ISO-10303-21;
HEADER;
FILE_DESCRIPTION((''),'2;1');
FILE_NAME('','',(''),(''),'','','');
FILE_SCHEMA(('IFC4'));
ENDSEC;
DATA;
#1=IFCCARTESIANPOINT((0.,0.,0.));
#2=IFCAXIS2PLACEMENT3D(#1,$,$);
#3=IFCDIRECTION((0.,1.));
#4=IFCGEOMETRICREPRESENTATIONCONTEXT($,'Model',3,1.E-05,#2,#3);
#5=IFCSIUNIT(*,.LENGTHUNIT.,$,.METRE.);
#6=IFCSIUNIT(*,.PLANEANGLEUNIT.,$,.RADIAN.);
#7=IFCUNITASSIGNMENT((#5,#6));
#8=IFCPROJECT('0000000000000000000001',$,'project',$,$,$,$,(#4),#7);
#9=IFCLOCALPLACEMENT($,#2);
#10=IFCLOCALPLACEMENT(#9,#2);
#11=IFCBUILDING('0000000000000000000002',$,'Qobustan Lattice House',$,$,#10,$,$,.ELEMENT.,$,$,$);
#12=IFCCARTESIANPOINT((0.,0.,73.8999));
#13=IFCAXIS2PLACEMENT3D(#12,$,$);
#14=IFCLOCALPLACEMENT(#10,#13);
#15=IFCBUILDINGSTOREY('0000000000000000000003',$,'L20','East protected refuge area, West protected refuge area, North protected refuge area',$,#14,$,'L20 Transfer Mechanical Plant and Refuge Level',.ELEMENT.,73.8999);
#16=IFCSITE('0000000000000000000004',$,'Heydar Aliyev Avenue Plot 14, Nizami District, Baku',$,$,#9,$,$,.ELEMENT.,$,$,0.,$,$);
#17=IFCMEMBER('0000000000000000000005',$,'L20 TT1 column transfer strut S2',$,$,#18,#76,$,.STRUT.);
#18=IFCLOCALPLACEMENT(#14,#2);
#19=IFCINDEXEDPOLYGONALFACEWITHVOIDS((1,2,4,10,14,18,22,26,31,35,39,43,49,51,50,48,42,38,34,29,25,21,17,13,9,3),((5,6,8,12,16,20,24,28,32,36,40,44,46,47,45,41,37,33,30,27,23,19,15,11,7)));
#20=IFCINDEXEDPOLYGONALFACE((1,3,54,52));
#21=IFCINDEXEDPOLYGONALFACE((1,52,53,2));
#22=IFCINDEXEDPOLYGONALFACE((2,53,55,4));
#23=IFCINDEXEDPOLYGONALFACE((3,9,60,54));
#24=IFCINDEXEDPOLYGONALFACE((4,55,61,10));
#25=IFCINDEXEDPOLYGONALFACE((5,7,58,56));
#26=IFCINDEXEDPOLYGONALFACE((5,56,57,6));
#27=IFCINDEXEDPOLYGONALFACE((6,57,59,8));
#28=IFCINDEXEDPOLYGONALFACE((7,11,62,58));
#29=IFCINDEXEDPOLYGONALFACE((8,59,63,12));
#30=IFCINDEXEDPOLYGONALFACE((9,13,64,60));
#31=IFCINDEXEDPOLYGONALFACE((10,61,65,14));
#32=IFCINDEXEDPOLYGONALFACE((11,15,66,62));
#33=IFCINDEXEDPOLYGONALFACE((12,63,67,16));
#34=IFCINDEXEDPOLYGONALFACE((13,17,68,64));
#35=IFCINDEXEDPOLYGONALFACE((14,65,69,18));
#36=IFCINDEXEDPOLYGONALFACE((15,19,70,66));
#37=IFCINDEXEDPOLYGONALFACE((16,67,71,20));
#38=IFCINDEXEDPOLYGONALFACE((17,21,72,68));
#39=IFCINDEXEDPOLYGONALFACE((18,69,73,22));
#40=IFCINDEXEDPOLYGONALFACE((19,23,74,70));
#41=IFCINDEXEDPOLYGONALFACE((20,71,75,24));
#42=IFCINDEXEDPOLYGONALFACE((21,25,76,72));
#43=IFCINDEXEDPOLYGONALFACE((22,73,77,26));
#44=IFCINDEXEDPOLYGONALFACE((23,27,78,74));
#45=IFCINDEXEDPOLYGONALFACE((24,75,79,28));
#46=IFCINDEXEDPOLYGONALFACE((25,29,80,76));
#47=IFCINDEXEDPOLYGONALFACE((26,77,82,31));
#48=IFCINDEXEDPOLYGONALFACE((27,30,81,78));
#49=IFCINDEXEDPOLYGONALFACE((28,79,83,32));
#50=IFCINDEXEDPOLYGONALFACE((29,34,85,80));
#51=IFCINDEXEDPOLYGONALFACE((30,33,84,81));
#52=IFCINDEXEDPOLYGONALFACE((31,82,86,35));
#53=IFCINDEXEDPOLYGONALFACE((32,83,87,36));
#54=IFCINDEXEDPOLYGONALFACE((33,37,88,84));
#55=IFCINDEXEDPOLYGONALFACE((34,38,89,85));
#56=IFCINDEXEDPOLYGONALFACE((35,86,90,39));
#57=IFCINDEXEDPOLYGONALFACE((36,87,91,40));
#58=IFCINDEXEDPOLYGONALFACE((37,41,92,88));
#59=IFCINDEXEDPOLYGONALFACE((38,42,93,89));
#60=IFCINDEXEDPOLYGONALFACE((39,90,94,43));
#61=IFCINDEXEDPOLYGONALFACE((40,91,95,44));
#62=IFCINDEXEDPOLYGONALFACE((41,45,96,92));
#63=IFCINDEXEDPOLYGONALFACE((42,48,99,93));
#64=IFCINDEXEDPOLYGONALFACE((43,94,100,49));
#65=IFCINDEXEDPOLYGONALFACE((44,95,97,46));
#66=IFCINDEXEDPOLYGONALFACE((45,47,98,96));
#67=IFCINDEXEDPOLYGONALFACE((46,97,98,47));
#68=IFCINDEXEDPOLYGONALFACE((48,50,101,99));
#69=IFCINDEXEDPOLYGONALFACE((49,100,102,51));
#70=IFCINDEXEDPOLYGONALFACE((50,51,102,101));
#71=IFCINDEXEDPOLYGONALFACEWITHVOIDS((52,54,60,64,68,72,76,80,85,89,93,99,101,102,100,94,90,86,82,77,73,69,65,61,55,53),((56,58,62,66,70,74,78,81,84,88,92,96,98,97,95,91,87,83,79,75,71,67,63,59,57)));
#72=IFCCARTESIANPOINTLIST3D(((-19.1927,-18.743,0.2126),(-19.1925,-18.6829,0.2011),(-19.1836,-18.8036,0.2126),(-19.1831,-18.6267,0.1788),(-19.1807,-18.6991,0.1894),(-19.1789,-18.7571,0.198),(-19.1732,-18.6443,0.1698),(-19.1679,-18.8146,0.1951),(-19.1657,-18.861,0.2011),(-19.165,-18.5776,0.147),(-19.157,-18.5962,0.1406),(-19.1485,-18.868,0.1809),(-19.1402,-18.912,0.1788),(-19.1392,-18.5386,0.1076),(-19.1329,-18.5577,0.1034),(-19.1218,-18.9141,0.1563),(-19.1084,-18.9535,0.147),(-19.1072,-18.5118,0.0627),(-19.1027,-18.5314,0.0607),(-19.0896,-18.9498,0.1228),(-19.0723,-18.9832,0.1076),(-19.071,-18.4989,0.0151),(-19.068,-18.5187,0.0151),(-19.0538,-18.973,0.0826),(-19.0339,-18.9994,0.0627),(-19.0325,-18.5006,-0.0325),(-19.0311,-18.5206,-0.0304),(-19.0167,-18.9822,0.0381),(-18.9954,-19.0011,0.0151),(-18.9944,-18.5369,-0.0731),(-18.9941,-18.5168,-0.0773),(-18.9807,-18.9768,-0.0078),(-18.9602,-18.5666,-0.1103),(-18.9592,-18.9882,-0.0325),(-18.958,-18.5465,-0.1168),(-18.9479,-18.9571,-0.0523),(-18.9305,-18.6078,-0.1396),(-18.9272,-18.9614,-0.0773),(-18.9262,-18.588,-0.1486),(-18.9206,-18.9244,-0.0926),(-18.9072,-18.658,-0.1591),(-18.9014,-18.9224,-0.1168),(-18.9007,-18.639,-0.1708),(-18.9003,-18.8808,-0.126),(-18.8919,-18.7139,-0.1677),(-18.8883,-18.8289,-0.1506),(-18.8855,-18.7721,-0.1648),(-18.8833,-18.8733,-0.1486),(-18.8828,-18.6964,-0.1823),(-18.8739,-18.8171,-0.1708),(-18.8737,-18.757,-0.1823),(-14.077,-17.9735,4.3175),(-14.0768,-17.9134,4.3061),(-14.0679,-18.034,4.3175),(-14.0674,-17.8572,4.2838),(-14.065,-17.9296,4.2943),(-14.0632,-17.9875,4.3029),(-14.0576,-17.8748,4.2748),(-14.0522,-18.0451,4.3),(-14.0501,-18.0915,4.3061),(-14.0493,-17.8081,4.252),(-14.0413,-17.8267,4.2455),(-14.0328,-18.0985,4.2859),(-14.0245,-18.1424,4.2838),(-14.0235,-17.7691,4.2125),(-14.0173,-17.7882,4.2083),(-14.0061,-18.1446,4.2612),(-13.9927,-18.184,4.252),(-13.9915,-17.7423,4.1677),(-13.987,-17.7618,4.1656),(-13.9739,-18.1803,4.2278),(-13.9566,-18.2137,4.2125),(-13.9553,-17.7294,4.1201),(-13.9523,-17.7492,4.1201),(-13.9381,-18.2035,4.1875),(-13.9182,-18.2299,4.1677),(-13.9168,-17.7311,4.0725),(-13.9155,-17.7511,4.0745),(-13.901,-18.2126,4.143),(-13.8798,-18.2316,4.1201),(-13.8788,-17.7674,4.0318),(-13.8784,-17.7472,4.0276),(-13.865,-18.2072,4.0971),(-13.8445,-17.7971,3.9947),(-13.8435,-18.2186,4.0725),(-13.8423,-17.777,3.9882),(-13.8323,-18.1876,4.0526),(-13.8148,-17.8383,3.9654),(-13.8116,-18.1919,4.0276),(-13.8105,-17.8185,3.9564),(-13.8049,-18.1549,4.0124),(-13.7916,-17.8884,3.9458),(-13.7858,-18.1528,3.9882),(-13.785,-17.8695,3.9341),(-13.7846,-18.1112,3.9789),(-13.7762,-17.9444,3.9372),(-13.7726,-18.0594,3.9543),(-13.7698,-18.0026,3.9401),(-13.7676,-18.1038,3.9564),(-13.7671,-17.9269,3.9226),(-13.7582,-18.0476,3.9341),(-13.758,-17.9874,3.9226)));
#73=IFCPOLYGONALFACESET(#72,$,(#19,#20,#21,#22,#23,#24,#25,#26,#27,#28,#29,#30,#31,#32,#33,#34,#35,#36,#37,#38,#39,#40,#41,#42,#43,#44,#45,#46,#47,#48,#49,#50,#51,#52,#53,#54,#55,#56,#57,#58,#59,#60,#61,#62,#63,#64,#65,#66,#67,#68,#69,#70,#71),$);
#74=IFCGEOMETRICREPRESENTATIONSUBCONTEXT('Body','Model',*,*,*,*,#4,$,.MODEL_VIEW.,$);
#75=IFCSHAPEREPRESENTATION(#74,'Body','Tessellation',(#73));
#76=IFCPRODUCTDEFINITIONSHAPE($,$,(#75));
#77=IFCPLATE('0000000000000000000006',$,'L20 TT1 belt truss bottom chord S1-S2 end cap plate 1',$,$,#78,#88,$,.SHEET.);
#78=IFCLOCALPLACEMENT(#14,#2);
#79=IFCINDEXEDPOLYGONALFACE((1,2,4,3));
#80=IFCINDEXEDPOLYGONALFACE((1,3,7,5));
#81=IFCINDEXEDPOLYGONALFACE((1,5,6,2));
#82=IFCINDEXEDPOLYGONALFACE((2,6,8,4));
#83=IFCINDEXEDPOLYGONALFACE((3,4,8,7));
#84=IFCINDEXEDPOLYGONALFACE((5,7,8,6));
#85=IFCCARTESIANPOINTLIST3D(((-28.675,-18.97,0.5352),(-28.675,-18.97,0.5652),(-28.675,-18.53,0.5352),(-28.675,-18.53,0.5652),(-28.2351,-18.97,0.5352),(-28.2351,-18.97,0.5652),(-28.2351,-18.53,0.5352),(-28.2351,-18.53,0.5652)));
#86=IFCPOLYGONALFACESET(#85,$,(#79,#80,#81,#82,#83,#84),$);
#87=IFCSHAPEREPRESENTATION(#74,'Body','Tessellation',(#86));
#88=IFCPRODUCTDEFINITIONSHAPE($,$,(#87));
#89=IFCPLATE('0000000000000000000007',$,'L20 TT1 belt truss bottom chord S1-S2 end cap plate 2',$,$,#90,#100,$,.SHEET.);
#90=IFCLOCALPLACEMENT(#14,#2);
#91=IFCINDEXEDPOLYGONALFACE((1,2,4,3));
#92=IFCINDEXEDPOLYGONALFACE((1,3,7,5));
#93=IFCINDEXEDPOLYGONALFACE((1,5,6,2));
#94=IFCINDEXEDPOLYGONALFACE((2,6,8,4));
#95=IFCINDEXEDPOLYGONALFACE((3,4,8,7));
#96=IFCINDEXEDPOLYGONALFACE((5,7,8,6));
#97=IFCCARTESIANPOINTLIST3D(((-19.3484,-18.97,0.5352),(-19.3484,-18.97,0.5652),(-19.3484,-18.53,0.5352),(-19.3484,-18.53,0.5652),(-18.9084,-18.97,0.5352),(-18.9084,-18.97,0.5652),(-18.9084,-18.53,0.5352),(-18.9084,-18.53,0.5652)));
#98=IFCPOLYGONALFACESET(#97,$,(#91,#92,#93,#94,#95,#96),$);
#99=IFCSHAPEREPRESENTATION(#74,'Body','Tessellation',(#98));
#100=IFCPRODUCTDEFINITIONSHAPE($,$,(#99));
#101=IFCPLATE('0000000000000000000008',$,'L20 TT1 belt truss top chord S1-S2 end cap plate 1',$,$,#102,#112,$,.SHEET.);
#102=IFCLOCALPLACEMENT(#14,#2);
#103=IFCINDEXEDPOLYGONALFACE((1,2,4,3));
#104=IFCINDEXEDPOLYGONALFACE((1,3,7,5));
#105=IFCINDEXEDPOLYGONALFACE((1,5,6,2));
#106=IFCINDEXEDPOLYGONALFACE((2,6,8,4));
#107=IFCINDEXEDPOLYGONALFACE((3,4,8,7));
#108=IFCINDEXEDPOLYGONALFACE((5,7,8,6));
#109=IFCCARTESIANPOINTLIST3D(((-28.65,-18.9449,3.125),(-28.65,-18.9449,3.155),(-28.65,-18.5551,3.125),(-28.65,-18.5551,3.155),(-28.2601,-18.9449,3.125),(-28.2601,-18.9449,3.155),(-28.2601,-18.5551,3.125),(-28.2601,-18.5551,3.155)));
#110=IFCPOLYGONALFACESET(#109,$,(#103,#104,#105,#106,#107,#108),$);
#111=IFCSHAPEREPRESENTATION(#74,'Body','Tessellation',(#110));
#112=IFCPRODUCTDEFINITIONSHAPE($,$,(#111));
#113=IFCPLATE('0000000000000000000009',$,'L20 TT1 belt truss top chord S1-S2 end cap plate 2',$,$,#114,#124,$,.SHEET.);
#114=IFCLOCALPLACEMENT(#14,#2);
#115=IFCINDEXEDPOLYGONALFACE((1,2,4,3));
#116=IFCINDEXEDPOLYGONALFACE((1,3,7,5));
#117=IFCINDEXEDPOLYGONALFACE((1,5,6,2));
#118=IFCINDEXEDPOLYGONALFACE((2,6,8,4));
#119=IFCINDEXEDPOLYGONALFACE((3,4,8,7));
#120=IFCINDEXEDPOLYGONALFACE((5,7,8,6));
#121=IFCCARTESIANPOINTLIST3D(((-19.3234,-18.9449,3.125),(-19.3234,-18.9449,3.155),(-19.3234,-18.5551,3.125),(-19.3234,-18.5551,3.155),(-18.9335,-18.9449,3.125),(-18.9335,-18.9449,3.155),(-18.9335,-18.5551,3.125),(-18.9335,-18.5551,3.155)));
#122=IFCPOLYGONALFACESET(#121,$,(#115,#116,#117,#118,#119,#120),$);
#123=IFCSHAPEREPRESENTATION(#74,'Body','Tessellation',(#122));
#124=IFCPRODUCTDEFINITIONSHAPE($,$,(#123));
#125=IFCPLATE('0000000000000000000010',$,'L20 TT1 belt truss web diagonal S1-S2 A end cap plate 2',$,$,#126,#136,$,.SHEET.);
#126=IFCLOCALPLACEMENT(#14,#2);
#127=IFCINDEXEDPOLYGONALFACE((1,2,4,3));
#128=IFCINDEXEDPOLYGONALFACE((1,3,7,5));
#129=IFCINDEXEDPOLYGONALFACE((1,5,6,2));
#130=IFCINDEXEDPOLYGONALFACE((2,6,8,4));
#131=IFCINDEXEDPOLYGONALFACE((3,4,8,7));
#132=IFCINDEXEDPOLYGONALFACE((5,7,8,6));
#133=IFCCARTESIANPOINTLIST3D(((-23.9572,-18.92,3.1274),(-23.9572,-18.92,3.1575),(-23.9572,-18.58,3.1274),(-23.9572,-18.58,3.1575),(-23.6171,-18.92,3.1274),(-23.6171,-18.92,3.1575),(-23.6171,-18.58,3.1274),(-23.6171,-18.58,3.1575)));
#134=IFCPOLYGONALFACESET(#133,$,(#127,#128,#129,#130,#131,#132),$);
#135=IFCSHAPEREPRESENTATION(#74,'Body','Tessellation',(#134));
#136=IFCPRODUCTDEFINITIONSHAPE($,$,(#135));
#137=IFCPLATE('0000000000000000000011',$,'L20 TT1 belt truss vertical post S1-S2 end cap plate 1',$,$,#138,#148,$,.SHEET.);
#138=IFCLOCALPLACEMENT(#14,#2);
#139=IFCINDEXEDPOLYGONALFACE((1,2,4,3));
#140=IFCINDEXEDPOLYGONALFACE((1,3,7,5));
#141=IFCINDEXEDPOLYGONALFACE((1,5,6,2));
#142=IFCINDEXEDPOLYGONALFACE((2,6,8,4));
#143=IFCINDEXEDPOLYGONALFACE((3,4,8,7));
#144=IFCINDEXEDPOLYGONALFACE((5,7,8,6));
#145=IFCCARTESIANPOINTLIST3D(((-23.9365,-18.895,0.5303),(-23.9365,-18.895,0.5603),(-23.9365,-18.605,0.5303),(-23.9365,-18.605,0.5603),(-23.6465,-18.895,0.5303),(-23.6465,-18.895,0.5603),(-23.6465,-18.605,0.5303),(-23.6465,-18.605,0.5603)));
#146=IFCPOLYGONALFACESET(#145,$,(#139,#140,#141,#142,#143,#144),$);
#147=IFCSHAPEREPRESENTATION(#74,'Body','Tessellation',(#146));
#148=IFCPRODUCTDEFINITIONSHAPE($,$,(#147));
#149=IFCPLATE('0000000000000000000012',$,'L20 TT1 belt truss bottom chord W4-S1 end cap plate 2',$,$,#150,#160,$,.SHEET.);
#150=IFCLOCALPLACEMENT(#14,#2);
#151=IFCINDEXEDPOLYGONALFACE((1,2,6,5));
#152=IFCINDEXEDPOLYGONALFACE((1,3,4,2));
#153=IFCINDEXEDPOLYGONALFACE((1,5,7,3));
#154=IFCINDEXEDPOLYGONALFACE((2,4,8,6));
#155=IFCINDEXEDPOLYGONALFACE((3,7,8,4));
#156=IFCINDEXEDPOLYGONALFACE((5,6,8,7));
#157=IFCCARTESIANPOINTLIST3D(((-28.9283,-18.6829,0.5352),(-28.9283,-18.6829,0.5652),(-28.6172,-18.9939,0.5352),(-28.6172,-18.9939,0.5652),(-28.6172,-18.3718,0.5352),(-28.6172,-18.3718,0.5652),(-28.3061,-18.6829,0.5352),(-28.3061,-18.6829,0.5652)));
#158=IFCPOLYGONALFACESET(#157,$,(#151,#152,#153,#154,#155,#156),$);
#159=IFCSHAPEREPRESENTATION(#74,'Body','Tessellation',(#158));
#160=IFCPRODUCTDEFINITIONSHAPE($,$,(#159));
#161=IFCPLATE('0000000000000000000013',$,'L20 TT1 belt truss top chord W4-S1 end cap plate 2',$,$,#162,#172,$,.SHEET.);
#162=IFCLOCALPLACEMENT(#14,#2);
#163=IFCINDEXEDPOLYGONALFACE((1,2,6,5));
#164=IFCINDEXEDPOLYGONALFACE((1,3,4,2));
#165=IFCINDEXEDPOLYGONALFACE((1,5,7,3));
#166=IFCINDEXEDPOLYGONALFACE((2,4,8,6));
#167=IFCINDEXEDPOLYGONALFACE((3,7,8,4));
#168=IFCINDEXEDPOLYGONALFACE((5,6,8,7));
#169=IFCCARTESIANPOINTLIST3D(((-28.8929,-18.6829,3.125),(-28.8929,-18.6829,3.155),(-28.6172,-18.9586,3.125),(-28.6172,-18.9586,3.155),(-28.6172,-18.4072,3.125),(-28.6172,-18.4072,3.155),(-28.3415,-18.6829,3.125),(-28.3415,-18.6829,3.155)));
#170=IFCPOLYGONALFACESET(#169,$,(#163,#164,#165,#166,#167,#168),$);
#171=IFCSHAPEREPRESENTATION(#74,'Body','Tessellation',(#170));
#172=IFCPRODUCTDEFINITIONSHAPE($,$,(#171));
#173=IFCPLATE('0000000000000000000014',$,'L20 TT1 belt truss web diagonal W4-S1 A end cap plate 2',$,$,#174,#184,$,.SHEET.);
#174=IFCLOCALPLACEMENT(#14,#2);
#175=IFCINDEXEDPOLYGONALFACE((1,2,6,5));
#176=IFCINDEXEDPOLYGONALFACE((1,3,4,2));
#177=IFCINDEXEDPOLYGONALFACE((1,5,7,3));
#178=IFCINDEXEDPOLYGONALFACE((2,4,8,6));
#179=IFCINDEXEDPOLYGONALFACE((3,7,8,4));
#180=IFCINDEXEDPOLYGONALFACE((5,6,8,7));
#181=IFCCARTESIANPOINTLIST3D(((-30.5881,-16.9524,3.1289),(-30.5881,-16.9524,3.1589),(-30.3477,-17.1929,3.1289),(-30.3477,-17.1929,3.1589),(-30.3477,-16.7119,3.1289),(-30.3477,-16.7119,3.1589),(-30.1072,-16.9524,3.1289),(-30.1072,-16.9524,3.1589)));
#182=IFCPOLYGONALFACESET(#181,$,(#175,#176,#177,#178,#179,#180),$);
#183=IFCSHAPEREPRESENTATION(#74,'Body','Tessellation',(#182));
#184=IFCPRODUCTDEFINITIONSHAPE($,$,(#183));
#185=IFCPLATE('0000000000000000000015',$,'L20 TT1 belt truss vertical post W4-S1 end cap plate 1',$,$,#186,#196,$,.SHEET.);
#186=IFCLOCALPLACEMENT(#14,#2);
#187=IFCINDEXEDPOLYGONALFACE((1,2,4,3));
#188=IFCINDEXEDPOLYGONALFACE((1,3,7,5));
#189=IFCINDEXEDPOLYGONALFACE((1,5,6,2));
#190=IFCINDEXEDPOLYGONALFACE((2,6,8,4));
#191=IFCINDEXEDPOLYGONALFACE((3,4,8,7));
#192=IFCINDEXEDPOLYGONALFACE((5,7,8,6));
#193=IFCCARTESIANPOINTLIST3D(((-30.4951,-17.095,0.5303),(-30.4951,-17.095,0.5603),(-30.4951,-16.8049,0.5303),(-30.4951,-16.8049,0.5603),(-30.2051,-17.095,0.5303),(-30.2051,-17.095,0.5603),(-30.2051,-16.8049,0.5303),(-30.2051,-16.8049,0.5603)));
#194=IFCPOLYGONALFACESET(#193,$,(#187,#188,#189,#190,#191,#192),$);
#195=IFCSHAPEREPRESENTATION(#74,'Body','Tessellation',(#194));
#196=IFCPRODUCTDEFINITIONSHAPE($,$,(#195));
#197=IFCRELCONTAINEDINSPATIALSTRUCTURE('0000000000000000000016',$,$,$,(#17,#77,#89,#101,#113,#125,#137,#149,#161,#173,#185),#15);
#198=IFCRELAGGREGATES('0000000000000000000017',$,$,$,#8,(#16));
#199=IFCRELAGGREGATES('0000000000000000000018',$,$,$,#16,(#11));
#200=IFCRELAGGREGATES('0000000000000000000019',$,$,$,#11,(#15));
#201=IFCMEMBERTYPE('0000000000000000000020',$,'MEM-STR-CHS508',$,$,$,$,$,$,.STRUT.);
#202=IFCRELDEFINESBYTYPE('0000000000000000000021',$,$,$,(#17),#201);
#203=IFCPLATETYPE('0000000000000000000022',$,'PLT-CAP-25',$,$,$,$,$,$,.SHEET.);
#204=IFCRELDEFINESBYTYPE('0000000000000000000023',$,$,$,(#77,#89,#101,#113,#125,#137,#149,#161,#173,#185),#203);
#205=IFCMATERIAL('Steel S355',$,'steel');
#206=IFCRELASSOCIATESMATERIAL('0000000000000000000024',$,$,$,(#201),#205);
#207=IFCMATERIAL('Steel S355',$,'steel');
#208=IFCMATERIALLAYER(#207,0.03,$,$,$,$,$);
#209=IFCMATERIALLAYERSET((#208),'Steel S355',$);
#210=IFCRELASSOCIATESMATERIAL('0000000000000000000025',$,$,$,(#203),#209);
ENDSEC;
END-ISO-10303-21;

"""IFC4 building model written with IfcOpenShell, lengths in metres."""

from ifc_helpers import new_model, si_unit, direction, frame, origin, origin_2d, place, context, subcontext, project, spatial, rectangle, hollow_circle, extrude, material, layer, layer_set, material_profile, profile_set, type_object, element, save


model = new_model("IFC4")

# Units and contexts
model_context = context("Model", 3, precision=1e-05, world=origin(), true_north=direction((0.0, 1.0)))
body_context = subcontext(model_context, "Body", "Model", "MODEL_VIEW")
ifc_project = project(units=[si_unit("LENGTHUNIT", "METRE"), si_unit("PLANEANGLEUNIT", "RADIAN")], contexts=[model_context])

# Site, building, storey
site_placement = place(None, origin())
site = spatial("IfcSite", under=ifc_project, at=site_placement, Name="Heydar Aliyev Avenue Plot 14, Nizami District, Baku", CompositionType="ELEMENT", RefElevation=0.0)
building_placement = place(site_placement, origin())
building = spatial("IfcBuilding", under=site, at=building_placement, Name="Qobustan Lattice House", CompositionType="ELEMENT")
storey_placement = place(building_placement, frame((0.0, 0.0, 73.8999)))
storey = spatial("IfcBuildingStorey", under=building, at=storey_placement, Name="L20", Description="East protected refuge area, West protected refuge area, North protected refuge area", LongName="L20 Transfer Mechanical Plant and Refuge Level", CompositionType="ELEMENT", Elevation=73.8999)

# Member
ifc_material_1 = material(Name="Steel S355", Category="steel")
ifc_material_profile_1 = material_profile(ifc_material_1, hollow_circle(Radius=0.2539, WallThickness=0.02, at=origin_2d()), Name="CHS508x20")
ifc_profile_set_1 = profile_set([ifc_material_profile_1], Name="Steel S355")
member_type_1 = type_object("IfcMemberType", Name="MEM-STR-CHS508", PredefinedType="STRUT", material=ifc_profile_set_1)
member_1_placement = place(storey_placement, frame((-19.0332, -18.75, 0.0151), z_axis=(0.774633, 0.116524, 0.621584), x_axis=(-0.148751, 0.988875, 0.0)))
element("IfcMember", 1, at=member_1_placement, inside=storey, type_object=member_type_1, Name="L20 TT1 column transfer strut S2", PredefinedType="STRUT", context=body_context, shape_type="SweptSolid", body=[
    extrude(hollow_circle(Radius=0.2539, WallThickness=0.02, at=origin_2d()), origin(), (0.0, 0.0, 1.0), 6.604),
])

# Plates
ifc_material_2 = material(Name="Steel S355", Category="steel")
ifc_layer_1 = layer(ifc_material_2, 0.03)
ifc_layer_set_1 = layer_set([ifc_layer_1], Name="Steel S355")
plate_type = type_object("IfcPlateType", Name="PLT-CAP-25", PredefinedType="SHEET", material=ifc_layer_set_1)
for number, where, z_axis, x_axis, name in (
    (2, (-28.4551, -18.75, 0.5352), (0.0, 0.0, 1.0), (1.0, 0.0, 0.0), "L20 TT1 belt truss bottom chord S1-S2 end cap plate 1"),
    (3, (-19.1284, -18.75, 0.5352), (0.0, 0.0, 1.0), (1.0, 0.0, 0.0), "L20 TT1 belt truss bottom chord S1-S2 end cap plate 2"),
):
    element("IfcPlate", number, at=place(storey_placement, frame(where, z_axis=z_axis, x_axis=x_axis)), inside=storey, type_object=plate_type, Name=name, PredefinedType="SHEET", context=body_context, shape_type="SweptSolid", body=[
        extrude(rectangle(XDim=0.4399, YDim=0.4399, at=origin_2d()), origin(), (0.0, 0.0, 1.0), 0.03),
    ])
for number, where, z_axis, x_axis, name in (
    (4, (-28.4551, -18.75, 3.125), (0.0, 0.0, 1.0), (1.0, 0.0, 0.0), "L20 TT1 belt truss top chord S1-S2 end cap plate 1"),
    (5, (-19.1284, -18.75, 3.125), (0.0, 0.0, 1.0), (1.0, 0.0, 0.0), "L20 TT1 belt truss top chord S1-S2 end cap plate 2"),
):
    element("IfcPlate", number, at=place(storey_placement, frame(where, z_axis=z_axis, x_axis=x_axis)), inside=storey, type_object=plate_type, Name=name, PredefinedType="SHEET", context=body_context, shape_type="SweptSolid", body=[
        extrude(rectangle(XDim=0.3899, YDim=0.3899, at=origin_2d()), origin(), (0.0, 0.0, 1.0), 0.03),
    ])
plate_1_placement = place(storey_placement, frame((-23.7871, -18.75, 3.1274), z_axis=(0.0, 0.0, 1.0), x_axis=(1.0, 0.0, 0.0)))
element("IfcPlate", 6, at=plate_1_placement, inside=storey, type_object=plate_type, Name="L20 TT1 belt truss web diagonal S1-S2 A end cap plate 2", PredefinedType="SHEET", context=body_context, shape_type="SweptSolid", body=[
    extrude(rectangle(XDim=0.3401, YDim=0.3401, at=origin_2d()), origin(), (0.0, 0.0, 1.0), 0.03),
])
plate_2_placement = place(storey_placement, frame((-23.7915, -18.75, 0.5303), z_axis=(0.0, 0.0, 1.0), x_axis=(1.0, 0.0, 0.0)))
element("IfcPlate", 7, at=plate_2_placement, inside=storey, type_object=plate_type, Name="L20 TT1 belt truss vertical post S1-S2 end cap plate 1", PredefinedType="SHEET", context=body_context, shape_type="SweptSolid", body=[
    extrude(rectangle(XDim=0.29, YDim=0.29, at=origin_2d()), origin(), (0.0, 0.0, 1.0), 0.03),
])
plate_3_placement = place(storey_placement, frame((-28.6172, -18.6829, 0.5352), z_axis=(0.0, 0.0, 1.0), x_axis=(0.707107, -0.707107, 0.0)))
element("IfcPlate", 8, at=plate_3_placement, inside=storey, type_object=plate_type, Name="L20 TT1 belt truss bottom chord W4-S1 end cap plate 2", PredefinedType="SHEET", context=body_context, shape_type="SweptSolid", body=[
    extrude(rectangle(XDim=0.4399, YDim=0.4399, at=origin_2d()), origin(), (0.0, 0.0, 1.0), 0.03),
])
plate_4_placement = place(storey_placement, frame((-28.6172, -18.6829, 3.125), z_axis=(0.0, 0.0, 1.0), x_axis=(0.707107, -0.707107, 0.0)))
element("IfcPlate", 9, at=plate_4_placement, inside=storey, type_object=plate_type, Name="L20 TT1 belt truss top chord W4-S1 end cap plate 2", PredefinedType="SHEET", context=body_context, shape_type="SweptSolid", body=[
    extrude(rectangle(XDim=0.3899, YDim=0.3899, at=origin_2d()), origin(), (0.0, 0.0, 1.0), 0.03),
])
plate_5_placement = place(storey_placement, frame((-30.3477, -16.9524, 3.1289), z_axis=(0.0, 0.0, 1.0), x_axis=(0.707107, -0.707107, 0.0)))
element("IfcPlate", 10, at=plate_5_placement, inside=storey, type_object=plate_type, Name="L20 TT1 belt truss web diagonal W4-S1 A end cap plate 2", PredefinedType="SHEET", context=body_context, shape_type="SweptSolid", body=[
    extrude(rectangle(XDim=0.3401, YDim=0.3401, at=origin_2d()), origin(), (0.0, 0.0, 1.0), 0.03),
])
plate_6_placement = place(storey_placement, frame((-30.3501, -16.95, 0.5303), z_axis=(0.0, 0.0, 1.0), x_axis=(1.0, 0.0, 0.0)))
element("IfcPlate", 11, at=plate_6_placement, inside=storey, type_object=plate_type, Name="L20 TT1 belt truss vertical post W4-S1 end cap plate 1", PredefinedType="SHEET", context=body_context, shape_type="SweptSolid", body=[
    extrude(rectangle(XDim=0.29, YDim=0.29, at=origin_2d()), origin(), (0.0, 0.0, 1.0), 0.03),
])

save(model, "model.ifc")
